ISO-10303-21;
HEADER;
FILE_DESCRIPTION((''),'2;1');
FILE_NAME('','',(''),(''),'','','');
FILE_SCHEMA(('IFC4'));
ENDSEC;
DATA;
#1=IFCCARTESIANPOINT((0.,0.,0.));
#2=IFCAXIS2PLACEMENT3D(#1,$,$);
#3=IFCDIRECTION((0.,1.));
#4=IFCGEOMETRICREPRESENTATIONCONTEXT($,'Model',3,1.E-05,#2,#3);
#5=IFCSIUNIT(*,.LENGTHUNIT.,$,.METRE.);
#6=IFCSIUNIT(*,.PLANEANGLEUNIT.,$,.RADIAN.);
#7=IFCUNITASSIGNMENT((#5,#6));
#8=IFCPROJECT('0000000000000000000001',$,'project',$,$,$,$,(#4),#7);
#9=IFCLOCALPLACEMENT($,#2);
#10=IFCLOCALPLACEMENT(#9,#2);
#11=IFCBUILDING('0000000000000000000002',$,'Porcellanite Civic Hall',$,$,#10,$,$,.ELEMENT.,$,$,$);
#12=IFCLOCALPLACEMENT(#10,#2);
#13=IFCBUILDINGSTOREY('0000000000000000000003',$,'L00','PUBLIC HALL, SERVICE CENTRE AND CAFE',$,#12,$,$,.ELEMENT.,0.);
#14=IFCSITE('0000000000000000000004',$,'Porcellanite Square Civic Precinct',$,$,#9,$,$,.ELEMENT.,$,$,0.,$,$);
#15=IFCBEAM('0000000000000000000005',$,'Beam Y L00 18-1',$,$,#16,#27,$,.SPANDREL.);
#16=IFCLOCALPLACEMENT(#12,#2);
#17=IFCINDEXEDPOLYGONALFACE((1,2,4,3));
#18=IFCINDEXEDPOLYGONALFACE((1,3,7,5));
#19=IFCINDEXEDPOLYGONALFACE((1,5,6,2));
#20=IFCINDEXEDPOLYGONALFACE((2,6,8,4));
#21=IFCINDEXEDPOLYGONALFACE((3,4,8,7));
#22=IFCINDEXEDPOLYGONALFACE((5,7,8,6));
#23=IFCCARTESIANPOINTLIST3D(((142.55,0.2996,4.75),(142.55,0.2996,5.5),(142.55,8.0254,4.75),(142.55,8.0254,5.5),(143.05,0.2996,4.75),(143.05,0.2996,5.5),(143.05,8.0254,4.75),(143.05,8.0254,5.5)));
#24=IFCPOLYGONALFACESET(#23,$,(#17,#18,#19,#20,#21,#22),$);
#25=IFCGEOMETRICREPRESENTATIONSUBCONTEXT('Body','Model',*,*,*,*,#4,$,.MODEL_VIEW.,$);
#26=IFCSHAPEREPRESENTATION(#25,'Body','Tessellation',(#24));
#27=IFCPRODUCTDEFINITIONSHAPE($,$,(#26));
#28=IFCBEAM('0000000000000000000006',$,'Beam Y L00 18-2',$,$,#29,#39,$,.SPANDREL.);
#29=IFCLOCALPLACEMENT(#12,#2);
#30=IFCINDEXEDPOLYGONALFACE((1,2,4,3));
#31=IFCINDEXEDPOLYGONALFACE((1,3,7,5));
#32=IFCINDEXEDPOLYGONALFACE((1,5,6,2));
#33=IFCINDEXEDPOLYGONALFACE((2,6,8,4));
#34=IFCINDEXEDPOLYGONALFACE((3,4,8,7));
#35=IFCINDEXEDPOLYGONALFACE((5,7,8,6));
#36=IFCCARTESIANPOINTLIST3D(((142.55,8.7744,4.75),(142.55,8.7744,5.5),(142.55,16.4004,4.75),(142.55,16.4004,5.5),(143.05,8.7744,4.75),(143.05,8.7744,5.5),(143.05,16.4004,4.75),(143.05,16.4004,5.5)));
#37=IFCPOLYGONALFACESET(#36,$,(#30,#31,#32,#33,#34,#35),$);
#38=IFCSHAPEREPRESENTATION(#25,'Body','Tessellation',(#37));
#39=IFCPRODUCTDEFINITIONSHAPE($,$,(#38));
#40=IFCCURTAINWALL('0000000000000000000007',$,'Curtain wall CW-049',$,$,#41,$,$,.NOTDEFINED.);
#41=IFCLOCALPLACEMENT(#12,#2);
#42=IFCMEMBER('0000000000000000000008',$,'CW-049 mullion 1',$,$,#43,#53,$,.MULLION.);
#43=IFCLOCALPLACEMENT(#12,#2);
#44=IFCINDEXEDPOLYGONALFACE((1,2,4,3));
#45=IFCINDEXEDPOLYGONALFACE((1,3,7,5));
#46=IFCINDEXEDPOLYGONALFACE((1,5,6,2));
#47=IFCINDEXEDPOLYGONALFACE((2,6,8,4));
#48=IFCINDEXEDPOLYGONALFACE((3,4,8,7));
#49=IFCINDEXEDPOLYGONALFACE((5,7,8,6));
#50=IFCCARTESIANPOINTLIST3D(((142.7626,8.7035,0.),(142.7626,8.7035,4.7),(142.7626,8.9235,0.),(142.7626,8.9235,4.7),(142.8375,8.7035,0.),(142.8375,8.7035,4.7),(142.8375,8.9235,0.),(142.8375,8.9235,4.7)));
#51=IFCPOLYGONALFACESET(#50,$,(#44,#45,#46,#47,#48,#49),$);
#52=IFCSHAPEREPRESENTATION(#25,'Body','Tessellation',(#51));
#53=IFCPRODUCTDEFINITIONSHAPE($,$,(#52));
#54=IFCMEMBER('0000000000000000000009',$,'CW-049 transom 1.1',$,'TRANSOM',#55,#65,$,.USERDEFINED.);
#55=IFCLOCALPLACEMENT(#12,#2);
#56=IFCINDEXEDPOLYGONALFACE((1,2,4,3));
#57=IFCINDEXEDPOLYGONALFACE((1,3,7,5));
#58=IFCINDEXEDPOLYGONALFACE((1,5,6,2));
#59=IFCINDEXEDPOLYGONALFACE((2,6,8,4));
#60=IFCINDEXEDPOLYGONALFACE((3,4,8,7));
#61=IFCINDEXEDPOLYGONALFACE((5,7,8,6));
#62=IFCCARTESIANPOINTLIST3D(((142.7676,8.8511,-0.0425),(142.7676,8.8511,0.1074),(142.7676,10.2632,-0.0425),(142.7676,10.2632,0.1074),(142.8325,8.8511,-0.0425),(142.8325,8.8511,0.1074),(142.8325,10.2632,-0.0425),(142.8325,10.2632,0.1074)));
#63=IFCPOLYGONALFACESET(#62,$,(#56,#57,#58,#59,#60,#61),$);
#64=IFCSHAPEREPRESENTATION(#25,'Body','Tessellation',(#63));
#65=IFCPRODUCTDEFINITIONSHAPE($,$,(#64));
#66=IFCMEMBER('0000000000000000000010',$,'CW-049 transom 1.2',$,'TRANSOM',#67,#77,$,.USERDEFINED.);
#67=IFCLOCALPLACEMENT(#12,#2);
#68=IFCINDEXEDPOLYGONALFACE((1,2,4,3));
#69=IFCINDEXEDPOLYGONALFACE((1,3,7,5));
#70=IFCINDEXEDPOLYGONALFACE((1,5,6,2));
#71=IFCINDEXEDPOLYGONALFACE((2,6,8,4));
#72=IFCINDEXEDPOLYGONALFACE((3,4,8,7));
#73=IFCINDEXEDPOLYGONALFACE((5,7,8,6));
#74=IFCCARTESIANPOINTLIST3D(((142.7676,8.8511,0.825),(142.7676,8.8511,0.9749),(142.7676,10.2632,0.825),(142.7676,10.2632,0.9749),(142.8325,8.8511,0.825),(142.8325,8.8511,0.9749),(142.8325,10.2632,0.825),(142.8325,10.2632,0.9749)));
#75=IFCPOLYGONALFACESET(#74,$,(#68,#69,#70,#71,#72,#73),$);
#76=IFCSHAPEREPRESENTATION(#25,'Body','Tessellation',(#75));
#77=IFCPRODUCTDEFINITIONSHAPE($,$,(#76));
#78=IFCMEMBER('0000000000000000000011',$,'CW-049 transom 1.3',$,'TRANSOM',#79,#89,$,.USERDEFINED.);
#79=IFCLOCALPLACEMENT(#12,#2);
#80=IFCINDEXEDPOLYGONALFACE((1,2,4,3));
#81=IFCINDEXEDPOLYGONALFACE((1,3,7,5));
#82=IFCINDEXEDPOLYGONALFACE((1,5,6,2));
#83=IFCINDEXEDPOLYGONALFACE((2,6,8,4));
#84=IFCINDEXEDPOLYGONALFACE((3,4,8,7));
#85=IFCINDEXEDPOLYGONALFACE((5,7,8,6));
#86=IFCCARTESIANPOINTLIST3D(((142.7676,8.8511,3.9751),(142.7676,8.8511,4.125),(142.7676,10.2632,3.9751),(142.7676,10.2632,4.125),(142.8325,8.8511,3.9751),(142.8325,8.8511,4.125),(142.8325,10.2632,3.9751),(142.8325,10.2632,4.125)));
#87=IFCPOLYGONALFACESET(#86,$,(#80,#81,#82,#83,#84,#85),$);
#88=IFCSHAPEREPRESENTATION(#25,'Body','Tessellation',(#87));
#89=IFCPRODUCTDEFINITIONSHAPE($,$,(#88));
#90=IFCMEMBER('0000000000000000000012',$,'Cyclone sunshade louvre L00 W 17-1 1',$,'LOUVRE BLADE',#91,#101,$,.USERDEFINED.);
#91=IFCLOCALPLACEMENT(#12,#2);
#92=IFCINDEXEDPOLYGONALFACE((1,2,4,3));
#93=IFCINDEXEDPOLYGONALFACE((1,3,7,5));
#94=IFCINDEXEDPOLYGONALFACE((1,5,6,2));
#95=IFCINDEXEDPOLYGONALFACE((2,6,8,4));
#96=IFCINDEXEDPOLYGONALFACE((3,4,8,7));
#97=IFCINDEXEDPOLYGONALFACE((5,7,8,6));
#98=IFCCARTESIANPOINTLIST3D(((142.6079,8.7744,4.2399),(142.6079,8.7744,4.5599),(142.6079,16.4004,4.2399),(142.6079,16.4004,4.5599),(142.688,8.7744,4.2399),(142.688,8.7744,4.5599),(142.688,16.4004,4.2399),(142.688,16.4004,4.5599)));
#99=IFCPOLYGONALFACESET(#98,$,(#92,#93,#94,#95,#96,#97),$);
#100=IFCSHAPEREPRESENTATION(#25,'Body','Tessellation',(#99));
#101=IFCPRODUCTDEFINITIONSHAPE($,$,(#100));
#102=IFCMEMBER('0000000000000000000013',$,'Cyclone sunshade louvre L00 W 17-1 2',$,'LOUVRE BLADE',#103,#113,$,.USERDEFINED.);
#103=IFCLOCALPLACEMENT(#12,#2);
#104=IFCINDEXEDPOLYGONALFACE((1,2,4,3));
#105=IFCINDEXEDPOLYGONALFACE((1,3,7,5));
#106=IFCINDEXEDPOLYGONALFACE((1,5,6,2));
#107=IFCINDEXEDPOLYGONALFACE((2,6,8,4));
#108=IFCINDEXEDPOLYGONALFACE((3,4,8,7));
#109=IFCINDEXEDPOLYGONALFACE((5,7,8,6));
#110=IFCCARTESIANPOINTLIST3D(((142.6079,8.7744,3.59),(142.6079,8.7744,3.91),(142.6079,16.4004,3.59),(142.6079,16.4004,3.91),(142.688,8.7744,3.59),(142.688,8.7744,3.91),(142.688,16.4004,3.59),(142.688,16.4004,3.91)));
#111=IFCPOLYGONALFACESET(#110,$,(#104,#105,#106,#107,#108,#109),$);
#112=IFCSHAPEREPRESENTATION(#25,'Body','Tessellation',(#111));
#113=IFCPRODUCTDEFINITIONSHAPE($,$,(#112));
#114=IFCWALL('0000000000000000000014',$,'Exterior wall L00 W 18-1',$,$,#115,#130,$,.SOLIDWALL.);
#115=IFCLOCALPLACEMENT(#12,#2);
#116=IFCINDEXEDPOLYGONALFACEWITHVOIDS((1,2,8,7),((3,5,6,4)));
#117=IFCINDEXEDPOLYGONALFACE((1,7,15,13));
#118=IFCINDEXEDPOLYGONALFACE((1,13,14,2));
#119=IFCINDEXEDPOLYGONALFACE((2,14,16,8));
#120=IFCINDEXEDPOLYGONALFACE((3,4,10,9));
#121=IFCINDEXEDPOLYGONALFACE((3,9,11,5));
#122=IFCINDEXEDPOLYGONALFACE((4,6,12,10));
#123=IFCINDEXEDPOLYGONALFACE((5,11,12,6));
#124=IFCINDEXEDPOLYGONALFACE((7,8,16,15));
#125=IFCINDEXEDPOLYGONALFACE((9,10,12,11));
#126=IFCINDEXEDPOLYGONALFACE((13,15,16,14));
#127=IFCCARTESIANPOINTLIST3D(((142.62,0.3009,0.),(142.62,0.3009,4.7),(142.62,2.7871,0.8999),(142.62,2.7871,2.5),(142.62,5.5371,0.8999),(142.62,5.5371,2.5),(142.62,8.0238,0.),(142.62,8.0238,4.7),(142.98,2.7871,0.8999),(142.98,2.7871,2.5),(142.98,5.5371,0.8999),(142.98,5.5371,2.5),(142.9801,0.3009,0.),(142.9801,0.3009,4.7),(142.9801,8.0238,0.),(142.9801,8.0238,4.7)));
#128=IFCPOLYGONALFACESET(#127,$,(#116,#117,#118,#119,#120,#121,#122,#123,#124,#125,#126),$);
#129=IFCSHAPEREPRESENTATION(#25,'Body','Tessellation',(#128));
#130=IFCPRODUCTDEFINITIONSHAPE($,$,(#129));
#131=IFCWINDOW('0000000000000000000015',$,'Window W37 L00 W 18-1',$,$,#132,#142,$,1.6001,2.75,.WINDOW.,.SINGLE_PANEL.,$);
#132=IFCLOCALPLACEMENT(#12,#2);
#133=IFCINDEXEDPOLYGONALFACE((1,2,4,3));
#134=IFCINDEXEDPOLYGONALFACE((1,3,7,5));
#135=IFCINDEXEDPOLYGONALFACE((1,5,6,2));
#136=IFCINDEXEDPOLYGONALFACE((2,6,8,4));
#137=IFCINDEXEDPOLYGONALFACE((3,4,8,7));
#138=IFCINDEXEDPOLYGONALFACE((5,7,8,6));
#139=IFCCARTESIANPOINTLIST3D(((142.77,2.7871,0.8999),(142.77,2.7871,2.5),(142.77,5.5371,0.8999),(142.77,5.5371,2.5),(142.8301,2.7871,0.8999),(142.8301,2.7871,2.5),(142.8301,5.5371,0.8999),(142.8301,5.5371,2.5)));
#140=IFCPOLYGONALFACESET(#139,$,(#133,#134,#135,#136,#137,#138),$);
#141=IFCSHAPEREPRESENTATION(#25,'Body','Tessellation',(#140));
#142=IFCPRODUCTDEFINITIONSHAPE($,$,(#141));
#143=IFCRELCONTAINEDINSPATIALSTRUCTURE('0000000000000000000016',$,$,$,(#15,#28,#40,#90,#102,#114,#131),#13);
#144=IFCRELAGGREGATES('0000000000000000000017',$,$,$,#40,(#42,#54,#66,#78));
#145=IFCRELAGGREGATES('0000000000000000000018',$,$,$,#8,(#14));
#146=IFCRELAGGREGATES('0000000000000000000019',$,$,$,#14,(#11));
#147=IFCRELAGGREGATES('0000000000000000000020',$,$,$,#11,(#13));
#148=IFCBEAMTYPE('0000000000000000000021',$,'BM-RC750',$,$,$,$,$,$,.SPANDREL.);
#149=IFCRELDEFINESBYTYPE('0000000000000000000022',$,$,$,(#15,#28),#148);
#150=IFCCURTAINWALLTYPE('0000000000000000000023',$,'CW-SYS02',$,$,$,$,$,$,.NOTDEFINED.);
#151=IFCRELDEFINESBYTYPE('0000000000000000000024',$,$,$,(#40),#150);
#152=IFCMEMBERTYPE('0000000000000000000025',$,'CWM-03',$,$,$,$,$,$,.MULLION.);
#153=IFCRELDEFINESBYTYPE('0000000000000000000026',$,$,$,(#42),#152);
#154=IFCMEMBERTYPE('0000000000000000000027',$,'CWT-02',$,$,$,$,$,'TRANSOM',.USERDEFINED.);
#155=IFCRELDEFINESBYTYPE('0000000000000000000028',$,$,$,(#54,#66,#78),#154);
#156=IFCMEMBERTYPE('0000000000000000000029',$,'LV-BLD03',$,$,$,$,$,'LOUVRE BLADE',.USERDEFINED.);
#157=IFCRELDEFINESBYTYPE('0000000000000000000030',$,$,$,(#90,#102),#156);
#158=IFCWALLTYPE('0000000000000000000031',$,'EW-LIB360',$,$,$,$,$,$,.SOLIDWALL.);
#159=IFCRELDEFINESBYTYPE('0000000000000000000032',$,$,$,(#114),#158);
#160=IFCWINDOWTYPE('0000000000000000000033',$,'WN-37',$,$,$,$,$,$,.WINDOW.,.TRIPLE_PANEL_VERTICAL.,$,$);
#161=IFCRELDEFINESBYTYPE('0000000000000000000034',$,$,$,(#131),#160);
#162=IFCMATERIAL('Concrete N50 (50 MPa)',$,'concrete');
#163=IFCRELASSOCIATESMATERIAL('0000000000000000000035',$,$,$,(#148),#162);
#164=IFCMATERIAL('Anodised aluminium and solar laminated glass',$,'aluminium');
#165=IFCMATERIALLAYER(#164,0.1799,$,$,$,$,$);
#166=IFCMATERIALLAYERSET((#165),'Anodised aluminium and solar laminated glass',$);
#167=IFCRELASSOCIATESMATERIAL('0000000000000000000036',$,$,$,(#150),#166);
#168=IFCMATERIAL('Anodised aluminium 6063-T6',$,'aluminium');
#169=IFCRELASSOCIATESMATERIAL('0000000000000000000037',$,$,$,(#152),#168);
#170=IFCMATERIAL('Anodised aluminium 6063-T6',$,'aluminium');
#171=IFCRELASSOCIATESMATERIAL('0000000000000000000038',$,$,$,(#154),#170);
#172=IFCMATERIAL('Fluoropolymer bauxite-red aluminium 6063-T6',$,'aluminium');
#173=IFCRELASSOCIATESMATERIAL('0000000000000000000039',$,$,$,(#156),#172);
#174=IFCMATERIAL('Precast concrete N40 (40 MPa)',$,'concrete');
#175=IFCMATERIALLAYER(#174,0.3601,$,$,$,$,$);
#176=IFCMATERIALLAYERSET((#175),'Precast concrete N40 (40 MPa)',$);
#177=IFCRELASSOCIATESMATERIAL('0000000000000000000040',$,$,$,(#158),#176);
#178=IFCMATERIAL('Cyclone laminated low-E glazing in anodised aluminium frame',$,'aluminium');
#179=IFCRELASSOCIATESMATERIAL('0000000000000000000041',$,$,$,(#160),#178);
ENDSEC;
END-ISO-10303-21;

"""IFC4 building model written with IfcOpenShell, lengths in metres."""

from ifc_helpers import new_model, si_unit, direction, frame, frame_2d, origin, origin_2d, place, context, subcontext, project, spatial, rectangle, extrude, material, layer, layer_set, material_profile, profile_set, type_object, element, fill, aggregate, save


model = new_model("IFC4")

# Units and contexts
model_context = context("Model", 3, precision=1e-05, world=origin(), true_north=direction((0.0, 1.0)))
body_context = subcontext(model_context, "Body", "Model", "MODEL_VIEW")
ifc_project = project(units=[si_unit("LENGTHUNIT", "METRE"), si_unit("PLANEANGLEUNIT", "RADIAN")], contexts=[model_context])

# Site, building, storey
site_placement = place(None, origin())
site = spatial("IfcSite", under=ifc_project, at=site_placement, Name="Porcellanite Square Civic Precinct", CompositionType="ELEMENT", RefElevation=0.0)
building_placement = place(site_placement, origin())
building = spatial("IfcBuilding", under=site, at=building_placement, Name="Porcellanite Civic Hall", CompositionType="ELEMENT")
storey_placement = place(building_placement, origin())
storey = spatial("IfcBuildingStorey", under=building, at=storey_placement, Name="L00", Description="PUBLIC HALL, SERVICE CENTRE AND CAFE", CompositionType="ELEMENT", Elevation=0.0)

# Beams
ifc_material_1 = material(Name="Concrete N50 (50 MPa)", Category="concrete")
ifc_material_profile_1 = material_profile(ifc_material_1, rectangle(XDim=0.5, YDim=0.75, at=origin_2d()), Name="RC-500x750")
ifc_profile_set_1 = profile_set([ifc_material_profile_1], Name="Concrete N50 (50 MPa)")
beam_type = type_object("IfcBeamType", Name="BM-RC750", PredefinedType="SPANDREL", material=ifc_profile_set_1)
beam_1_placement = place(storey_placement, frame((142.8, 0.2996, 5.125), z_axis=(0.0, 1.0, 0.0), x_axis=(-1.0, 0.0, 0.0)))
element("IfcBeam", 1, at=beam_1_placement, inside=storey, type_object=beam_type, Name="Beam Y L00 18-1", PredefinedType="SPANDREL", context=body_context, shape_type="SweptSolid", body=[
    extrude(rectangle(XDim=0.5, YDim=0.75, at=origin_2d()), origin(), (0.0, 0.0, 1.0), 7.7258),
])
beam_2_placement = place(storey_placement, frame((142.8, 8.7744, 5.125), z_axis=(0.0, 1.0, 0.0), x_axis=(-1.0, 0.0, 0.0)))
element("IfcBeam", 2, at=beam_2_placement, inside=storey, type_object=beam_type, Name="Beam Y L00 18-2", PredefinedType="SPANDREL", context=body_context, shape_type="SweptSolid", body=[
    extrude(rectangle(XDim=0.5, YDim=0.75, at=origin_2d()), origin(), (0.0, 0.0, 1.0), 7.626),
])

# Curtain wall, members
ifc_material_2 = material(Name="Anodised aluminium and solar laminated glass", Category="aluminium")
ifc_layer_1 = layer(ifc_material_2, 0.1799)
ifc_layer_set_1 = layer_set([ifc_layer_1], Name="Anodised aluminium and solar laminated glass")
curtain_wall_type = type_object("IfcCurtainWallType", Name="CW-SYS02", PredefinedType="NOTDEFINED", material=ifc_layer_set_1)
curtain_wall_placement = place(storey_placement, origin())
curtain_wall = element("IfcCurtainWall", 3, at=curtain_wall_placement, inside=storey, type_object=curtain_wall_type, Name="Curtain wall CW-049", PredefinedType="NOTDEFINED")
ifc_material_3 = material(Name="Anodised aluminium 6063-T6", Category="aluminium")
ifc_material_profile_2 = material_profile(ifc_material_3, rectangle(XDim=0.075, YDim=0.22, at=origin_2d()), Name="AL-75x220")
ifc_profile_set_2 = profile_set([ifc_material_profile_2], Name="Anodised aluminium 6063-T6")
member_type_1 = type_object("IfcMemberType", Name="CWM-03", PredefinedType="MULLION", material=ifc_profile_set_2)
member_1_placement = place(storey_placement, frame((142.8, 8.8135, 0.0), z_axis=(0.0, 0.0, 1.0), x_axis=(-1.0, 0.0, 0.0)))
member_1 = element("IfcMember", 4, at=member_1_placement, type_object=member_type_1, Name="CW-049 mullion 1", PredefinedType="MULLION", context=body_context, shape_type="SweptSolid", body=[
    extrude(rectangle(XDim=0.075, YDim=0.22, at=origin_2d()), origin(), (0.0, 0.0, 1.0), 4.7),
])
ifc_material_4 = material(Name="Anodised aluminium 6063-T6", Category="aluminium")
ifc_material_profile_3 = material_profile(ifc_material_4, rectangle(XDim=0.0649, YDim=0.1499, at=origin_2d()), Name="AL-65x150")
ifc_profile_set_3 = profile_set([ifc_material_profile_3], Name="Anodised aluminium 6063-T6")
member_type_2 = type_object("IfcMemberType", Name="CWT-02", ElementType="TRANSOM", PredefinedType="USERDEFINED", material=ifc_profile_set_3)
member_2_placement = place(storey_placement, frame((142.8, 8.8511, 0.0325), z_axis=(0.0, 1.0, 0.0), x_axis=(-1.0, 0.0, 0.0)))
member_2 = element("IfcMember", 5, at=member_2_placement, type_object=member_type_2, Name="CW-049 transom 1.1", ObjectType="TRANSOM", PredefinedType="USERDEFINED", context=body_context, shape_type="SweptSolid", body=[
    extrude(rectangle(XDim=0.0649, YDim=0.1499, at=origin_2d()), origin(), (0.0, 0.0, 1.0), 1.4121),
])
member_3_placement = place(storey_placement, frame((142.8, 8.8511, 0.8999), z_axis=(0.0, 1.0, 0.0), x_axis=(-1.0, 0.0, 0.0)))
member_3 = element("IfcMember", 6, at=member_3_placement, type_object=member_type_2, Name="CW-049 transom 1.2", ObjectType="TRANSOM", PredefinedType="USERDEFINED", context=body_context, shape_type="SweptSolid", body=[
    extrude(rectangle(XDim=0.0649, YDim=0.1499, at=origin_2d()), origin(), (0.0, 0.0, 1.0), 1.4121),
])
member_4_placement = place(storey_placement, frame((142.8, 8.8511, 4.05), z_axis=(0.0, 1.0, 0.0), x_axis=(-1.0, 0.0, 0.0)))
member_4 = element("IfcMember", 7, at=member_4_placement, type_object=member_type_2, Name="CW-049 transom 1.3", ObjectType="TRANSOM", PredefinedType="USERDEFINED", context=body_context, shape_type="SweptSolid", body=[
    extrude(rectangle(XDim=0.0649, YDim=0.1499, at=origin_2d()), origin(), (0.0, 0.0, 1.0), 1.4121),
])
aggregate(curtain_wall, [member_1, member_2, member_3, member_4])

# Members
ifc_material_5 = material(Name="Fluoropolymer bauxite-red aluminium 6063-T6", Category="aluminium")
ifc_material_profile_4 = material_profile(ifc_material_5, rectangle(XDim=0.0801, YDim=0.3201, at=origin_2d()), Name="AL-80x320")
ifc_profile_set_4 = profile_set([ifc_material_profile_4], Name="Fluoropolymer bauxite-red aluminium 6063-T6")
member_type_3 = type_object("IfcMemberType", Name="LV-BLD03", ElementType="LOUVRE BLADE", PredefinedType="USERDEFINED", material=ifc_profile_set_4)
for number, where, z_axis, x_axis, name in (
    (8, (142.6479, 8.7744, 4.3999), (0.0, 1.0, 0.0), (-1.0, 0.0, 0.0), "Cyclone sunshade louvre L00 W 17-1 1"),
    (9, (142.6479, 8.7744, 3.75), (0.0, 1.0, 0.0), (-1.0, 0.0, 0.0), "Cyclone sunshade louvre L00 W 17-1 2"),
):
    element("IfcMember", number, at=place(storey_placement, frame(where, z_axis=z_axis, x_axis=x_axis)), inside=storey, type_object=member_type_3, Name=name, ObjectType="LOUVRE BLADE", PredefinedType="USERDEFINED", context=body_context, shape_type="SweptSolid", body=[
        extrude(rectangle(XDim=0.0801, YDim=0.3201, at=origin_2d()), origin(), (0.0, 0.0, 1.0), 7.626),
    ])

# Wall, opening, window
ifc_material_6 = material(Name="Precast concrete N40 (40 MPa)", Category="concrete")
ifc_layer_2 = layer(ifc_material_6, 0.3601)
ifc_layer_set_2 = layer_set([ifc_layer_2], Name="Precast concrete N40 (40 MPa)")
wall_type = type_object("IfcWallType", Name="EW-LIB360", PredefinedType="SOLIDWALL", material=ifc_layer_set_2)
wall_placement = place(storey_placement, frame((142.8, 0.301, 0.0), z_axis=(0.0, 0.0, 1.0), x_axis=(0.0, 1.0, 0.0)))
wall = element("IfcWall", 10, at=wall_placement, inside=storey, type_object=wall_type, Name="Exterior wall L00 W 18-1", PredefinedType="SOLIDWALL", context=body_context, shape_type="SweptSolid", body=[
    extrude(rectangle(XDim=7.7229, YDim=0.3601, at=frame_2d((3.8613, 0.0))), origin(), (0.0, 0.0, 1.0), 4.7),
])
opening_placement = place(wall_placement, frame((2.4861, 0.0, 0.8999)))
opening = element("IfcOpeningElement", 11, at=opening_placement, cuts=wall, PredefinedType="OPENING", context=body_context, shape_type="SweptSolid", body=[
    extrude(rectangle(XDim=2.75, YDim=1.6001, at=frame_2d((1.375, 0.8))), frame((0.0, 0.1802, 0.0), z_axis=(0.0, -1.0, 0.0), x_axis=(1.0, 0.0, 0.0)), (0.0, 0.0, 1.0), 0.3601),
])
ifc_material_7 = material(Name="Cyclone laminated low-E glazing in anodised aluminium frame", Category="aluminium")
window_type = type_object("IfcWindowType", Name="WN-37", PartitioningType="TRIPLE_PANEL_VERTICAL", PredefinedType="WINDOW", material=ifc_material_7)
window_placement = place(opening_placement, origin())
window = element("IfcWindow", 12, at=window_placement, inside=storey, type_object=window_type, Name="Window W37 L00 W 18-1", OverallHeight=1.6001, OverallWidth=2.75, PartitioningType="SINGLE_PANEL", PredefinedType="WINDOW", context=body_context, shape_type="SweptSolid", body=[
    extrude(rectangle(XDim=2.75, YDim=1.6001, at=frame_2d((1.375, 0.8))), frame((0.0, 0.03, 0.0), z_axis=(0.0, -1.0, 0.0), x_axis=(1.0, 0.0, 0.0)), (0.0, 0.0, 1.0), 0.0601),
])
fill(opening, window)

save(model, "model.ifc")
